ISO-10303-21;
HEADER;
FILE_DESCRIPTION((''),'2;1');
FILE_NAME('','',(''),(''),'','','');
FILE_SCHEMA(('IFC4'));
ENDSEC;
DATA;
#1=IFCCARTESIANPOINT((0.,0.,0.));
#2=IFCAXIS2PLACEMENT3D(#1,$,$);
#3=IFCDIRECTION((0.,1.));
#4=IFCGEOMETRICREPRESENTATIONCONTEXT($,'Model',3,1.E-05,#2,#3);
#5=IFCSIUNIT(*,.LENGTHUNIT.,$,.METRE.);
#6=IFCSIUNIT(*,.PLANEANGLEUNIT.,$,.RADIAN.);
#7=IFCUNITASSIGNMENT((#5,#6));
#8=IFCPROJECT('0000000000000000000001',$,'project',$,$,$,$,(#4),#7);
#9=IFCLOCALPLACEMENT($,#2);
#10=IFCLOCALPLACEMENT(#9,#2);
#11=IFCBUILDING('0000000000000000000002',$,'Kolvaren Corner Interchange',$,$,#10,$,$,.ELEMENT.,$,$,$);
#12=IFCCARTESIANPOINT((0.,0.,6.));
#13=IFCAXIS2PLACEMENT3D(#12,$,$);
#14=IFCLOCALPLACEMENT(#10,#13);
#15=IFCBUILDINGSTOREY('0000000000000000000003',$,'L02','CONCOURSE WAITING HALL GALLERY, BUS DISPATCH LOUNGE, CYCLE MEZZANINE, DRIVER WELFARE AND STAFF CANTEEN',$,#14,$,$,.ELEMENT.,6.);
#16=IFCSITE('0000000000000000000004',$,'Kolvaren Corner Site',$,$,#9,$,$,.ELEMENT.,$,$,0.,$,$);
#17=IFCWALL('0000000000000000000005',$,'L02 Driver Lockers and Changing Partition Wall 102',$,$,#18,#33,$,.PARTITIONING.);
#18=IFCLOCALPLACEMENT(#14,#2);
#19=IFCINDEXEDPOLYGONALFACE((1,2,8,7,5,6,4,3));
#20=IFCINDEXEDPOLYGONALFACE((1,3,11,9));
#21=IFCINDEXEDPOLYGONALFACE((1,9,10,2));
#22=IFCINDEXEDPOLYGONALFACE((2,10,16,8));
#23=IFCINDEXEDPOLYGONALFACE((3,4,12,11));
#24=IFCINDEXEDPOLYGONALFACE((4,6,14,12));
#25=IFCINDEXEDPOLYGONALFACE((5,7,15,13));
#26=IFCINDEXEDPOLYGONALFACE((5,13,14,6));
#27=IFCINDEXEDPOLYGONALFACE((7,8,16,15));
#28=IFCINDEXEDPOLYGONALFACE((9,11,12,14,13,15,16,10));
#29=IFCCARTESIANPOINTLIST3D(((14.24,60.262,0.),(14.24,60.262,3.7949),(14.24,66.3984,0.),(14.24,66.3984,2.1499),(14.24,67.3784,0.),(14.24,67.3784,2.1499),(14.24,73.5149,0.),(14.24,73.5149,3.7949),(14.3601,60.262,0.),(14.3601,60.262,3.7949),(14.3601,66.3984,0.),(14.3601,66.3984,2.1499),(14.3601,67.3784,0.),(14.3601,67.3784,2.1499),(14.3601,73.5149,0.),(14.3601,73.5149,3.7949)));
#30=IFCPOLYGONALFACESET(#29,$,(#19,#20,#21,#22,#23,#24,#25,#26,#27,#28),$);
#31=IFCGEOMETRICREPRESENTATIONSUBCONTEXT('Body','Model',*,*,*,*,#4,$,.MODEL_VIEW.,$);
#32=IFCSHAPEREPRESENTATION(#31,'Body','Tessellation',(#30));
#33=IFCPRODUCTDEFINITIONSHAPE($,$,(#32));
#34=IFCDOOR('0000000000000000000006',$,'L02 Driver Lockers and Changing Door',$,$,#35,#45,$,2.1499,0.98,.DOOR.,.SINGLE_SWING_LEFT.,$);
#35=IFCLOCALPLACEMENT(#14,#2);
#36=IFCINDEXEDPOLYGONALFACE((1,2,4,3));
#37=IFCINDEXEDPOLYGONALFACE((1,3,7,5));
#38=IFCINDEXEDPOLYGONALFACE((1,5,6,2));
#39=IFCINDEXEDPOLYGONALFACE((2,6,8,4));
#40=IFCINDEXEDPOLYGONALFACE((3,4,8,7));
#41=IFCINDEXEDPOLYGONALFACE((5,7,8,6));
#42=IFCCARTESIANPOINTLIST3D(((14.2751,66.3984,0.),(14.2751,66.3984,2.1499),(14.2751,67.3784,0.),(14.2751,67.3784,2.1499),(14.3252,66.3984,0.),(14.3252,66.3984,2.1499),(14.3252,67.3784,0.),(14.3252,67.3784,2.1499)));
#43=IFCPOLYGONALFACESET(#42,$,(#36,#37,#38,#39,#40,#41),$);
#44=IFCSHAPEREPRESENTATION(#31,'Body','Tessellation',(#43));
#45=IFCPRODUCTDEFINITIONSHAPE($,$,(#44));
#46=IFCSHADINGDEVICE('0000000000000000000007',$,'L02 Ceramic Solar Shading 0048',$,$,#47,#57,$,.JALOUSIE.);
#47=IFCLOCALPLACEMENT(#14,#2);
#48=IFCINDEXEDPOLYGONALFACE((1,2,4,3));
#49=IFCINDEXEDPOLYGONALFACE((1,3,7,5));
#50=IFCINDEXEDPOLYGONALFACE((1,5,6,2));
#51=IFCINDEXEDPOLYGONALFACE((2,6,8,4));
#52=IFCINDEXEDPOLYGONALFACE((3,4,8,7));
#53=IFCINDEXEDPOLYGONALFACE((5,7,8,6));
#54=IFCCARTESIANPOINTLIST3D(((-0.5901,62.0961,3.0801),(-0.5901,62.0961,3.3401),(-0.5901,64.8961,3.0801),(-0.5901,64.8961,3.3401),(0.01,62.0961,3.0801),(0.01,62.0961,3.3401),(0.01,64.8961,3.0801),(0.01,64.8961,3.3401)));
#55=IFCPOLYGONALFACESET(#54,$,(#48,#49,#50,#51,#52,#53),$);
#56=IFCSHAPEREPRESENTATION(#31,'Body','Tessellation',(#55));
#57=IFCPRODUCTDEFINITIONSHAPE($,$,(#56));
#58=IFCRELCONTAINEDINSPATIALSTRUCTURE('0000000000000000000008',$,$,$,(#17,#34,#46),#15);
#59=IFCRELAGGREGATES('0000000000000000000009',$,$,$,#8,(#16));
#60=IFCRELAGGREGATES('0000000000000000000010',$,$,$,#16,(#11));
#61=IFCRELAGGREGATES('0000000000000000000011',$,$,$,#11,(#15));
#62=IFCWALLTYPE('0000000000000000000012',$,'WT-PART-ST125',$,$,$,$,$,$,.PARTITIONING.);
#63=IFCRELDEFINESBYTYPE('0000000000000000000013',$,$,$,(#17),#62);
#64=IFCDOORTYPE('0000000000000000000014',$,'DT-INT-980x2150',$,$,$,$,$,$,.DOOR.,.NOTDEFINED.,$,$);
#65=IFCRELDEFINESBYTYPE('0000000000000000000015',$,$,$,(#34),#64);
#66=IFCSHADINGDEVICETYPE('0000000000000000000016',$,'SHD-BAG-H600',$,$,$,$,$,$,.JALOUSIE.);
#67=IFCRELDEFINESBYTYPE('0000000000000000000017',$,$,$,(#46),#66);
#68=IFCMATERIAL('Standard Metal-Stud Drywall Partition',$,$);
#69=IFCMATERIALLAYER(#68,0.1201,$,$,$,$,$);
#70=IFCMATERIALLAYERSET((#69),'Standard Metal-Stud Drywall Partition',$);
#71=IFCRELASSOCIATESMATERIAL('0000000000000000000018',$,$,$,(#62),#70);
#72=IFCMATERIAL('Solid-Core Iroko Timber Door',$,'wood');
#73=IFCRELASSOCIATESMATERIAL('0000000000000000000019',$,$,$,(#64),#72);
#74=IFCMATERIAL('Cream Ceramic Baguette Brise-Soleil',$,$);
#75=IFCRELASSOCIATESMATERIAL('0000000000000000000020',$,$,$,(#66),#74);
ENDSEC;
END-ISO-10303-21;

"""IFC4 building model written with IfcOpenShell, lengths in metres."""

from ifc_helpers import new_model, si_unit, direction, frame, frame_2d, origin, origin_2d, place, context, subcontext, project, spatial, rectangle, extrude, material, layer, layer_set, type_object, element, fill, save


model = new_model("IFC4")

# Units and contexts
model_context = context("Model", 3, precision=1e-05, world=origin(), true_north=direction((0.0, 1.0)))
body_context = subcontext(model_context, "Body", "Model", "MODEL_VIEW")
ifc_project = project(units=[si_unit("LENGTHUNIT", "METRE"), si_unit("PLANEANGLEUNIT", "RADIAN")], contexts=[model_context])

# Site, building, storey
site_placement = place(None, origin())
site = spatial("IfcSite", under=ifc_project, at=site_placement, Name="Kolvaren Corner Site", CompositionType="ELEMENT", RefElevation=0.0)
building_placement = place(site_placement, origin())
building = spatial("IfcBuilding", under=site, at=building_placement, Name="Kolvaren Corner Interchange", CompositionType="ELEMENT")
storey_placement = place(building_placement, frame((0.0, 0.0, 6.0)))
storey = spatial("IfcBuildingStorey", under=building, at=storey_placement, Name="L02", Description="CONCOURSE WAITING HALL GALLERY, BUS DISPATCH LOUNGE, CYCLE MEZZANINE, DRIVER WELFARE AND STAFF CANTEEN", CompositionType="ELEMENT", Elevation=6.0)

# Shared definitions
ifc_material_1 = material(Name="Standard Metal-Stud Drywall Partition")
ifc_layer_1 = layer(ifc_material_1, 0.1201)
ifc_layer_set_1 = layer_set([ifc_layer_1], Name="Standard Metal-Stud Drywall Partition")
wall_type_1 = type_object("IfcWallType", Name="WT-PART-ST125", PredefinedType="PARTITIONING", material=ifc_layer_set_1)

# Wall, opening, door
wall_1_placement = place(storey_placement, frame((14.3, 60.262, 0.0), z_axis=(0.0, 0.0, 1.0), x_axis=(0.0, 1.0, 0.0)))
wall_1 = element("IfcWall", 1, at=wall_1_placement, inside=storey, type_object=wall_type_1, Name="L02 Driver Lockers and Changing Partition Wall 102", PredefinedType="PARTITIONING", context=body_context, shape_type="SweptSolid", body=[
    extrude(rectangle(XDim=13.2529, YDim=0.1201, at=frame_2d((6.6265, 0.0))), origin(), (0.0, 0.0, 1.0), 3.7949),
])
opening_placement = place(wall_1_placement, frame((6.1365, 0.0, 0.0)))
opening = element("IfcOpeningElement", 2, at=opening_placement, cuts=wall_1, PredefinedType="OPENING", context=body_context, shape_type="SweptSolid", body=[
    extrude(rectangle(XDim=0.98, YDim=2.1499, at=frame_2d((0.49, 1.075))), frame((0.0, 0.0701, 0.0), z_axis=(0.0, -1.0, 0.0), x_axis=(1.0, 0.0, 0.0)), (0.0, 0.0, 1.0), 0.1401),
])
ifc_material_2 = material(Name="Solid-Core Iroko Timber Door", Category="wood")
door_type = type_object("IfcDoorType", Name="DT-INT-980x2150", OperationType="NOTDEFINED", PredefinedType="DOOR", material=ifc_material_2)
door_placement = place(opening_placement, origin())
door = element("IfcDoor", 3, at=door_placement, inside=storey, type_object=door_type, Name="L02 Driver Lockers and Changing Door", OperationType="SINGLE_SWING_LEFT", OverallHeight=2.1499, OverallWidth=0.98, PredefinedType="DOOR", context=body_context, shape_type="SweptSolid", body=[
    extrude(rectangle(XDim=0.98, YDim=2.1499, at=frame_2d((0.49, 1.075))), frame((0.0, 0.0249, 0.0), z_axis=(0.0, -1.0, 0.0), x_axis=(1.0, 0.0, 0.0)), (0.0, 0.0, 1.0), 0.05),
])
fill(opening, door)

# Shading device
ifc_material_3 = material(Name="Cream Ceramic Baguette Brise-Soleil")
shading_device_type = type_object("IfcShadingDeviceType", Name="SHD-BAG-H600", PredefinedType="JALOUSIE", material=ifc_material_3)
shading_device_placement = place(storey_placement, frame((-0.29, 63.4961, 3.0801), z_axis=(0.0, 0.0, 1.0), x_axis=(0.0, -1.0, 0.0)))
element("IfcShadingDevice", 4, at=shading_device_placement, inside=storey, type_object=shading_device_type, Name="L02 Ceramic Solar Shading 0048", PredefinedType="JALOUSIE", context=body_context, shape_type="SweptSolid", body=[
    extrude(rectangle(XDim=2.8, YDim=0.6001, at=origin_2d()), origin(), (0.0, 0.0, 1.0), 0.26),
])

save(model, "model.ifc")
